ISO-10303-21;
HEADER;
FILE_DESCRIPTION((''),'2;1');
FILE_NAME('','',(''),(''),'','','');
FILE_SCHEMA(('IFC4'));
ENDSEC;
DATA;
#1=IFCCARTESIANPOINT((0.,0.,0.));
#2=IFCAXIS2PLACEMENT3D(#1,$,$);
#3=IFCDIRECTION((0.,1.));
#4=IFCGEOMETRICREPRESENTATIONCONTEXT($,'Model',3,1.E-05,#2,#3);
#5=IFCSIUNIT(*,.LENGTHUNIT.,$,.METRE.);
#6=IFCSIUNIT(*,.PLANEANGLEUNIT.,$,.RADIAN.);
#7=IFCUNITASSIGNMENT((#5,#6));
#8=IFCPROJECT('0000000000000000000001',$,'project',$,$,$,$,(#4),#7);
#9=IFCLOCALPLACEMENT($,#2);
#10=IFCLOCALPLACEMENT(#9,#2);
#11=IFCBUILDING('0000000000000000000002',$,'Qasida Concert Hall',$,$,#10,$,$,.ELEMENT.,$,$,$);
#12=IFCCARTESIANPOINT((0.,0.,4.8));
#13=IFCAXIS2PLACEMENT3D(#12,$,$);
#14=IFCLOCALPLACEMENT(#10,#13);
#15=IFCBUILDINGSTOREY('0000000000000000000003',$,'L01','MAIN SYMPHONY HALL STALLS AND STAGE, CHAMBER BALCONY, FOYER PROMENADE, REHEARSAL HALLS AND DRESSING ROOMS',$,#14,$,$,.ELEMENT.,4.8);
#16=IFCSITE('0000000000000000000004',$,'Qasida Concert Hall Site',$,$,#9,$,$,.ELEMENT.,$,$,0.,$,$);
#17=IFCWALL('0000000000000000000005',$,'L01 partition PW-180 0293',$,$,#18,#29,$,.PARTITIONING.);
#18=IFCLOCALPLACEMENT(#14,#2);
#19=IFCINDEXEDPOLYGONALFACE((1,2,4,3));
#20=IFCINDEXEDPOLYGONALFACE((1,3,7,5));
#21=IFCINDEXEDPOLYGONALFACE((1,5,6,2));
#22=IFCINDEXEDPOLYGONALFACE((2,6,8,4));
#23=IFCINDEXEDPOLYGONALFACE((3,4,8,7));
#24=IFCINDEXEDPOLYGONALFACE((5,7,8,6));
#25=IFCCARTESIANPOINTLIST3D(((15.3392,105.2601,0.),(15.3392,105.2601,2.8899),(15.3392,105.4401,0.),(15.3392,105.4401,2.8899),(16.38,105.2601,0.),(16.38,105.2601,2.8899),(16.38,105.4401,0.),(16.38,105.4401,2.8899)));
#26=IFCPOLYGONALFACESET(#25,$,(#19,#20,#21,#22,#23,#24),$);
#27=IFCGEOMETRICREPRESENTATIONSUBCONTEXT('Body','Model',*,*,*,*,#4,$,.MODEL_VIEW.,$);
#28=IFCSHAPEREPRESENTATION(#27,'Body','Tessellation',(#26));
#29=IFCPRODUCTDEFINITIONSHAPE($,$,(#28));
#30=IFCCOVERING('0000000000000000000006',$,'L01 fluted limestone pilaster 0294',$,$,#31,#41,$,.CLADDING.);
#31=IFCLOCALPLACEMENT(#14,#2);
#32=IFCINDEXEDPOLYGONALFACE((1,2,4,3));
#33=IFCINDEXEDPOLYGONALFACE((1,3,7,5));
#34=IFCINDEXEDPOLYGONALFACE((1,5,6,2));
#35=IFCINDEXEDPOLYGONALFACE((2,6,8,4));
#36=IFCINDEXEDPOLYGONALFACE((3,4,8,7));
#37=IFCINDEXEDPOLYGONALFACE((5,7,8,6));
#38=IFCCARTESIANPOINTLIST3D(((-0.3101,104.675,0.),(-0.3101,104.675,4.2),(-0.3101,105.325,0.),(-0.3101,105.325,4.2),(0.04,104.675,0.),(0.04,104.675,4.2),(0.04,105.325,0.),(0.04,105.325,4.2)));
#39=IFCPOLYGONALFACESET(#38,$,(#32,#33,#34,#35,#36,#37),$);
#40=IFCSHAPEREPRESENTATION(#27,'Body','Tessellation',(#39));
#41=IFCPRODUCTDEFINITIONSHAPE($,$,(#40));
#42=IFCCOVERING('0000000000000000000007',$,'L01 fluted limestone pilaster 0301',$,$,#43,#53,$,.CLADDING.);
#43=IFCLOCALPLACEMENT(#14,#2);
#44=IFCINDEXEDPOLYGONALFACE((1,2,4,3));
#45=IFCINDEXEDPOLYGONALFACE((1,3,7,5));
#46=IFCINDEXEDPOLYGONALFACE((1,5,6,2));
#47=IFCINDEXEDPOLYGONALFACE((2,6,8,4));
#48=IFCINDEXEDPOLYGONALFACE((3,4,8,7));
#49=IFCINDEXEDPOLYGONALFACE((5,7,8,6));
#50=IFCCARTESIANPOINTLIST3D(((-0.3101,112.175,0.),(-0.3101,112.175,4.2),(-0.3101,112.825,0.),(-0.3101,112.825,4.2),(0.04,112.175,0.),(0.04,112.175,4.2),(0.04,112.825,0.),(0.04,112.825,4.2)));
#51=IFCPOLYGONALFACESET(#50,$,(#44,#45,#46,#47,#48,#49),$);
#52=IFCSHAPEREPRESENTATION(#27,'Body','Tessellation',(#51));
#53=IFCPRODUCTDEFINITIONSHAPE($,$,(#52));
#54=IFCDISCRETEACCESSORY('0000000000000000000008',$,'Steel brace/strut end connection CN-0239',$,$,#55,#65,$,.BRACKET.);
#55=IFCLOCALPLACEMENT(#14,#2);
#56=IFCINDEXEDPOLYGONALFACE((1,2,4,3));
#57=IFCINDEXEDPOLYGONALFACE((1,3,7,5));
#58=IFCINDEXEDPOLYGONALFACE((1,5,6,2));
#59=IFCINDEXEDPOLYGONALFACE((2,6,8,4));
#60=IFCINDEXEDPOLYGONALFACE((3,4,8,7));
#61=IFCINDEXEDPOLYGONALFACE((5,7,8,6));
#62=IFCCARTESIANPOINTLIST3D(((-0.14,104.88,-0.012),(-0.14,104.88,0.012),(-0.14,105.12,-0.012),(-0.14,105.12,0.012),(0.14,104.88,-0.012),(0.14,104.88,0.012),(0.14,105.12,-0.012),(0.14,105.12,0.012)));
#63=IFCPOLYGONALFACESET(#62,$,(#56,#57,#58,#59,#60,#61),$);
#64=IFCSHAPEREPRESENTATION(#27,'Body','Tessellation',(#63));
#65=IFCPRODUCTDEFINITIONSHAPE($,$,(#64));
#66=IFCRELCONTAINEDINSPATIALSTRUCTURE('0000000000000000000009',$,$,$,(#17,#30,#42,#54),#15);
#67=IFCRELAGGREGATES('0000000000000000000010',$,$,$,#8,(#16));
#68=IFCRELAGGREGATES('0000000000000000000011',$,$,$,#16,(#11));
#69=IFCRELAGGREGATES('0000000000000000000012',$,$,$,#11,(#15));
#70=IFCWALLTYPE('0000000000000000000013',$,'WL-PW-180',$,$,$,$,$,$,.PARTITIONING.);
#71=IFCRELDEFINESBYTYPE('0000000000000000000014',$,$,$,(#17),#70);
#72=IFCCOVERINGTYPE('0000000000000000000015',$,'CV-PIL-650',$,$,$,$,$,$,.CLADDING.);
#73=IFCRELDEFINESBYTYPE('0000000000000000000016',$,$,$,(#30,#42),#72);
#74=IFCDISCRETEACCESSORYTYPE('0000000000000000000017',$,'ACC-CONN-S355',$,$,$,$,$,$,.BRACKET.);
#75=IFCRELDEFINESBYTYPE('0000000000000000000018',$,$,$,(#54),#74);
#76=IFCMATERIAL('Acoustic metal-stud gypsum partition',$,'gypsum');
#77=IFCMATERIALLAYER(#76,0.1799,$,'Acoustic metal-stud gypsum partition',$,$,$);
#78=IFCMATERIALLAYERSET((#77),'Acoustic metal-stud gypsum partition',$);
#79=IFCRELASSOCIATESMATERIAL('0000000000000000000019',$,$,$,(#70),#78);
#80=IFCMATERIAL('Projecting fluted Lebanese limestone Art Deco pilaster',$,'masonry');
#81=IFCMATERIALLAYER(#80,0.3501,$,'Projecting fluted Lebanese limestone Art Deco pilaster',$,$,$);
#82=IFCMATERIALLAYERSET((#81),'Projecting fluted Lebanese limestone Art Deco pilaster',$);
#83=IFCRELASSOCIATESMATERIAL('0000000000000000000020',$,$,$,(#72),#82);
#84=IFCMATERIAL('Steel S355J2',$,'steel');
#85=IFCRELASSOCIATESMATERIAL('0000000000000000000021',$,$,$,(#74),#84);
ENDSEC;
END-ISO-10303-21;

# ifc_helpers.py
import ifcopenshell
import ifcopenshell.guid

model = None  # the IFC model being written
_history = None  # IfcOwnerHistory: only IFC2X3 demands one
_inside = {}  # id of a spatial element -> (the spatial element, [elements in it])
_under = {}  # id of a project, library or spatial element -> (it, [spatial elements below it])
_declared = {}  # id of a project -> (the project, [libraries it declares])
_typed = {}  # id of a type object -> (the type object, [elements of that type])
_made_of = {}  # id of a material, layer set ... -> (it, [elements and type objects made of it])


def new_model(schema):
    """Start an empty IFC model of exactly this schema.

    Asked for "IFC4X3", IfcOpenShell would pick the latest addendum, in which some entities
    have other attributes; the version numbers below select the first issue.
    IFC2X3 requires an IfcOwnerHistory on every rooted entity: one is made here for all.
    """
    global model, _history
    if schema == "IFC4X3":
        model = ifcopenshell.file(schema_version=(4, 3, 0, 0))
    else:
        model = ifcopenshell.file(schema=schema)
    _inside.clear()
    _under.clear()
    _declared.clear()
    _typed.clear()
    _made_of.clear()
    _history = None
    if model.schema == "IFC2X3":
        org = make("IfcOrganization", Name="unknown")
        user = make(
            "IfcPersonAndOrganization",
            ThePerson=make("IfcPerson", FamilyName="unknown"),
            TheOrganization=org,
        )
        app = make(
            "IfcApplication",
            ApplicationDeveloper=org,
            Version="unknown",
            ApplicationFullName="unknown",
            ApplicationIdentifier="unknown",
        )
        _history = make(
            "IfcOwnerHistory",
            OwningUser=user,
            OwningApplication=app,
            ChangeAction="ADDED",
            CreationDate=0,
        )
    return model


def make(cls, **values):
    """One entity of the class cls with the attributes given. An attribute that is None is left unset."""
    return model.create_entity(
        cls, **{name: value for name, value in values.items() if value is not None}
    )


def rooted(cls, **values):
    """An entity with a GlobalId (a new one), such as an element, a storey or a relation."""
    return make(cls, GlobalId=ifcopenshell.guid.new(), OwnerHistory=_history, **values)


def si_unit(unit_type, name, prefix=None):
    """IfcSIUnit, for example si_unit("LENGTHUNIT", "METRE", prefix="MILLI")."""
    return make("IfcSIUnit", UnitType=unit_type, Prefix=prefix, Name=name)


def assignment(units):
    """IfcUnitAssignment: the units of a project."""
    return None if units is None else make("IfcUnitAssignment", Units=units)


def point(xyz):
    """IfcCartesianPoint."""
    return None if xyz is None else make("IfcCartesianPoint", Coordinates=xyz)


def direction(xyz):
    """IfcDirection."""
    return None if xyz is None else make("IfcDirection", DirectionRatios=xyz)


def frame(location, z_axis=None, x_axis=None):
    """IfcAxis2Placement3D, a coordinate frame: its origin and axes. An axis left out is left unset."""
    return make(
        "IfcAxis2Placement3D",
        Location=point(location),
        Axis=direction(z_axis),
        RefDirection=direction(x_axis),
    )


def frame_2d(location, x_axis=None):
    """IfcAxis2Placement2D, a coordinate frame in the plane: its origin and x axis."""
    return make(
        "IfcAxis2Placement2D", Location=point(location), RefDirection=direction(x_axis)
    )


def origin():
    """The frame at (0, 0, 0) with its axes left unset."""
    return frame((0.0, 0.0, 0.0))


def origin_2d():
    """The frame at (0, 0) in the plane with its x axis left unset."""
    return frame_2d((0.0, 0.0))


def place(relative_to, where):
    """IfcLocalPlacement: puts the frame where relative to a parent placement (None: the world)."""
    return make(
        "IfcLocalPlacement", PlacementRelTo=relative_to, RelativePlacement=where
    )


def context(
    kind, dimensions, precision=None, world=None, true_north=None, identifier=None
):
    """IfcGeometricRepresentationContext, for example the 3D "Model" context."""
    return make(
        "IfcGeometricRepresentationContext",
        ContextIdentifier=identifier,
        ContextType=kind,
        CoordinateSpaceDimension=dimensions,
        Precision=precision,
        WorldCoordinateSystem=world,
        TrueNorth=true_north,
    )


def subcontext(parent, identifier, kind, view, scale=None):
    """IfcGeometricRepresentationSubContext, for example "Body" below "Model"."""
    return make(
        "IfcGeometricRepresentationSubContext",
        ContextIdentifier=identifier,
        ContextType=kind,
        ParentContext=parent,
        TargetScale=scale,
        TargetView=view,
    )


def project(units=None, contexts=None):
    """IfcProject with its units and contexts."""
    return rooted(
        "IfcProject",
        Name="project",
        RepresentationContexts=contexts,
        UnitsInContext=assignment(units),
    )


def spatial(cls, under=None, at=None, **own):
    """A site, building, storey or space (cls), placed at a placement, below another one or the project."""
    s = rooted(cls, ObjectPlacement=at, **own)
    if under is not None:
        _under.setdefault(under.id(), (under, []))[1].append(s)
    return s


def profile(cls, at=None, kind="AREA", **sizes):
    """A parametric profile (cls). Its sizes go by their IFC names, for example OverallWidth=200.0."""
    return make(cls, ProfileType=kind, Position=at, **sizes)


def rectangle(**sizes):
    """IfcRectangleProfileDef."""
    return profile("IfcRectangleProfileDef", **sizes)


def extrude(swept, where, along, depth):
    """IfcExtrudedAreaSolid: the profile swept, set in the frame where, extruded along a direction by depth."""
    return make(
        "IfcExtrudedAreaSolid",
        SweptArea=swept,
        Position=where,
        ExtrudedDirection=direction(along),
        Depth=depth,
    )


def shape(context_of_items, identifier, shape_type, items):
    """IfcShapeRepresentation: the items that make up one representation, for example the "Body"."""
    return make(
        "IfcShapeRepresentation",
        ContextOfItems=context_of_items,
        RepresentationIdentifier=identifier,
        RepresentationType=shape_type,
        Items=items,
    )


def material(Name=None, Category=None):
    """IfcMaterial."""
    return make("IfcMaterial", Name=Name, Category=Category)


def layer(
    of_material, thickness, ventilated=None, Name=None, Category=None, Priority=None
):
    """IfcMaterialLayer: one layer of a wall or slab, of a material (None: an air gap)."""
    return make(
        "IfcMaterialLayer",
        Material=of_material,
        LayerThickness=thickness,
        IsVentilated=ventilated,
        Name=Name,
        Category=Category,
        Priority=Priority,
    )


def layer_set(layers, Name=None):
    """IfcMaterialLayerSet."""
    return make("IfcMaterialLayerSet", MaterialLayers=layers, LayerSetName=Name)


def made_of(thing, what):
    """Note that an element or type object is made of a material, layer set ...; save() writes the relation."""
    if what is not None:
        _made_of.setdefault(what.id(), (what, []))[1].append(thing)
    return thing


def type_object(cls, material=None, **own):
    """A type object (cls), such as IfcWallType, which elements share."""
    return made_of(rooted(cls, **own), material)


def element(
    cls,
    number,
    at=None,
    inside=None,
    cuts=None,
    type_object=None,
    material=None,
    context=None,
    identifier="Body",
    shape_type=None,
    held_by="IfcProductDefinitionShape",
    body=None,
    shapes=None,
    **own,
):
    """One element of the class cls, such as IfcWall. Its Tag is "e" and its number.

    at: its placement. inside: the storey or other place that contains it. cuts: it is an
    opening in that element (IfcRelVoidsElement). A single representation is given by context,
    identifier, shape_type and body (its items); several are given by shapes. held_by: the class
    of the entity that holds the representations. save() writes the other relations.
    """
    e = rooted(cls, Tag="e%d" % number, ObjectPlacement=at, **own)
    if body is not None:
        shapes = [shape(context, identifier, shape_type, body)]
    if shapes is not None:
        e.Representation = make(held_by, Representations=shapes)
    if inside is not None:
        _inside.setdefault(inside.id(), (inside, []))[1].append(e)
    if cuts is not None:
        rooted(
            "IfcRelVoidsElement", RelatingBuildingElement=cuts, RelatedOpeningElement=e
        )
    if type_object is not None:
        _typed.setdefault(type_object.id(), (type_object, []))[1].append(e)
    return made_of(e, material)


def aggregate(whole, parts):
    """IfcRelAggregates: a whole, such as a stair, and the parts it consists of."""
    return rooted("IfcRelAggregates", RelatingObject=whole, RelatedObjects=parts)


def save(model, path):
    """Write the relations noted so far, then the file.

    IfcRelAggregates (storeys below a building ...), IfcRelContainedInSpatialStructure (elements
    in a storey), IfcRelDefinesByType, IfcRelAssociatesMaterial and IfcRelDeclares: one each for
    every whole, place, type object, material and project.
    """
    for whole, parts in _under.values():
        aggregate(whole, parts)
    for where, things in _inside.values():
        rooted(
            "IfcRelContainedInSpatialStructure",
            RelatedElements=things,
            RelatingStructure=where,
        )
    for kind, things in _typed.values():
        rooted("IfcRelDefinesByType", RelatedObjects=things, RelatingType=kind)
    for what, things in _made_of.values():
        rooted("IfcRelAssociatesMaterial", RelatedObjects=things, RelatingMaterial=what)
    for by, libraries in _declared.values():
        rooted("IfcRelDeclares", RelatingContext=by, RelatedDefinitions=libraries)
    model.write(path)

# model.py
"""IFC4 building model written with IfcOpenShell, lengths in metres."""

from ifc_helpers import new_model, si_unit, direction, frame, frame_2d, origin, origin_2d, place, context, subcontext, project, spatial, rectangle, extrude, material, layer, layer_set, type_object, element, save


model = new_model("IFC4")

# Units and contexts
model_context = context("Model", 3, precision=1e-05, world=origin(), true_north=direction((0.0, 1.0)))
body_context = subcontext(model_context, "Body", "Model", "MODEL_VIEW")
ifc_project = project(units=[si_unit("LENGTHUNIT", "METRE"), si_unit("PLANEANGLEUNIT", "RADIAN")], contexts=[model_context])

# Site, building, storey
site_placement = place(None, origin())
site = spatial("IfcSite", under=ifc_project, at=site_placement, Name="Qasida Concert Hall Site", CompositionType="ELEMENT", RefElevation=0.0)
building_placement = place(site_placement, origin())
building = spatial("IfcBuilding", under=site, at=building_placement, Name="Qasida Concert Hall", CompositionType="ELEMENT")
storey_placement = place(building_placement, frame((0.0, 0.0, 4.8)))
storey = spatial("IfcBuildingStorey", under=building, at=storey_placement, Name="L01", Description="MAIN SYMPHONY HALL STALLS AND STAGE, CHAMBER BALCONY, FOYER PROMENADE, REHEARSAL HALLS AND DRESSING ROOMS", CompositionType="ELEMENT", Elevation=4.8)

# Shared definitions
ifc_material_1 = material(Name="Steel S355J2", Category="steel")

# Wall
ifc_material_2 = material(Name="Acoustic metal-stud gypsum partition", Category="gypsum")
ifc_layer_1 = layer(ifc_material_2, 0.1799, Name="Acoustic metal-stud gypsum partition")
ifc_layer_set_1 = layer_set([ifc_layer_1], Name="Acoustic metal-stud gypsum partition")
wall_type_1 = type_object("IfcWallType", Name="WL-PW-180", PredefinedType="PARTITIONING", material=ifc_layer_set_1)
wall_1_placement = place(storey_placement, frame((15.3391, 105.3501, 0.0), z_axis=(0.0, 0.0, 1.0), x_axis=(1.0, 0.0, 0.0)))
element("IfcWall", 1, at=wall_1_placement, inside=storey, type_object=wall_type_1, Name="L01 partition PW-180 0293", PredefinedType="PARTITIONING", context=body_context, shape_type="SweptSolid", body=[
    extrude(rectangle(XDim=1.0408, YDim=0.1799, at=frame_2d((0.5205, 0.0))), origin(), (0.0, 0.0, 1.0), 2.8899),
])

# Coverings
ifc_material_3 = material(Name="Projecting fluted Lebanese limestone Art Deco pilaster", Category="masonry")
ifc_layer_2 = layer(ifc_material_3, 0.3501, Name="Projecting fluted Lebanese limestone Art Deco pilaster")
ifc_layer_set_2 = layer_set([ifc_layer_2], Name="Projecting fluted Lebanese limestone Art Deco pilaster")
covering_type = type_object("IfcCoveringType", Name="CV-PIL-650", PredefinedType="CLADDING", material=ifc_layer_set_2)
for number, where, z_axis, x_axis, name in (
    (2, (-0.135, 105.0, 0.0), (0.0, 0.0, 1.0), (1.0, 0.0, 0.0), "L01 fluted limestone pilaster 0294"),
    (3, (-0.135, 112.5, 0.0), (0.0, 0.0, 1.0), (1.0, 0.0, 0.0), "L01 fluted limestone pilaster 0301"),
):
    element("IfcCovering", number, at=place(storey_placement, frame(where, z_axis=z_axis, x_axis=x_axis)), inside=storey, type_object=covering_type, Name=name, PredefinedType="CLADDING", context=body_context, shape_type="SweptSolid", body=[
        extrude(rectangle(XDim=0.3501, YDim=0.6499, at=origin_2d()), origin(), (0.0, 0.0, 1.0), 4.2),
    ])

# Discrete accessory
discrete_accessory_type = type_object("IfcDiscreteAccessoryType", Name="ACC-CONN-S355", PredefinedType="BRACKET", material=ifc_material_1)
discrete_accessory_placement = place(storey_placement, frame((0.0, 105.0, -0.012), z_axis=(0.0, 0.0, 1.0), x_axis=(1.0, 0.0, 0.0)))
element("IfcDiscreteAccessory", 4, at=discrete_accessory_placement, inside=storey, type_object=discrete_accessory_type, Name="Steel brace/strut end connection CN-0239", PredefinedType="BRACKET", context=body_context, shape_type="SweptSolid", body=[
    extrude(rectangle(XDim=0.28, YDim=0.24, at=origin_2d()), origin(), (0.0, 0.0, 1.0), 0.0239),
])

save(model, "model.ifc")
